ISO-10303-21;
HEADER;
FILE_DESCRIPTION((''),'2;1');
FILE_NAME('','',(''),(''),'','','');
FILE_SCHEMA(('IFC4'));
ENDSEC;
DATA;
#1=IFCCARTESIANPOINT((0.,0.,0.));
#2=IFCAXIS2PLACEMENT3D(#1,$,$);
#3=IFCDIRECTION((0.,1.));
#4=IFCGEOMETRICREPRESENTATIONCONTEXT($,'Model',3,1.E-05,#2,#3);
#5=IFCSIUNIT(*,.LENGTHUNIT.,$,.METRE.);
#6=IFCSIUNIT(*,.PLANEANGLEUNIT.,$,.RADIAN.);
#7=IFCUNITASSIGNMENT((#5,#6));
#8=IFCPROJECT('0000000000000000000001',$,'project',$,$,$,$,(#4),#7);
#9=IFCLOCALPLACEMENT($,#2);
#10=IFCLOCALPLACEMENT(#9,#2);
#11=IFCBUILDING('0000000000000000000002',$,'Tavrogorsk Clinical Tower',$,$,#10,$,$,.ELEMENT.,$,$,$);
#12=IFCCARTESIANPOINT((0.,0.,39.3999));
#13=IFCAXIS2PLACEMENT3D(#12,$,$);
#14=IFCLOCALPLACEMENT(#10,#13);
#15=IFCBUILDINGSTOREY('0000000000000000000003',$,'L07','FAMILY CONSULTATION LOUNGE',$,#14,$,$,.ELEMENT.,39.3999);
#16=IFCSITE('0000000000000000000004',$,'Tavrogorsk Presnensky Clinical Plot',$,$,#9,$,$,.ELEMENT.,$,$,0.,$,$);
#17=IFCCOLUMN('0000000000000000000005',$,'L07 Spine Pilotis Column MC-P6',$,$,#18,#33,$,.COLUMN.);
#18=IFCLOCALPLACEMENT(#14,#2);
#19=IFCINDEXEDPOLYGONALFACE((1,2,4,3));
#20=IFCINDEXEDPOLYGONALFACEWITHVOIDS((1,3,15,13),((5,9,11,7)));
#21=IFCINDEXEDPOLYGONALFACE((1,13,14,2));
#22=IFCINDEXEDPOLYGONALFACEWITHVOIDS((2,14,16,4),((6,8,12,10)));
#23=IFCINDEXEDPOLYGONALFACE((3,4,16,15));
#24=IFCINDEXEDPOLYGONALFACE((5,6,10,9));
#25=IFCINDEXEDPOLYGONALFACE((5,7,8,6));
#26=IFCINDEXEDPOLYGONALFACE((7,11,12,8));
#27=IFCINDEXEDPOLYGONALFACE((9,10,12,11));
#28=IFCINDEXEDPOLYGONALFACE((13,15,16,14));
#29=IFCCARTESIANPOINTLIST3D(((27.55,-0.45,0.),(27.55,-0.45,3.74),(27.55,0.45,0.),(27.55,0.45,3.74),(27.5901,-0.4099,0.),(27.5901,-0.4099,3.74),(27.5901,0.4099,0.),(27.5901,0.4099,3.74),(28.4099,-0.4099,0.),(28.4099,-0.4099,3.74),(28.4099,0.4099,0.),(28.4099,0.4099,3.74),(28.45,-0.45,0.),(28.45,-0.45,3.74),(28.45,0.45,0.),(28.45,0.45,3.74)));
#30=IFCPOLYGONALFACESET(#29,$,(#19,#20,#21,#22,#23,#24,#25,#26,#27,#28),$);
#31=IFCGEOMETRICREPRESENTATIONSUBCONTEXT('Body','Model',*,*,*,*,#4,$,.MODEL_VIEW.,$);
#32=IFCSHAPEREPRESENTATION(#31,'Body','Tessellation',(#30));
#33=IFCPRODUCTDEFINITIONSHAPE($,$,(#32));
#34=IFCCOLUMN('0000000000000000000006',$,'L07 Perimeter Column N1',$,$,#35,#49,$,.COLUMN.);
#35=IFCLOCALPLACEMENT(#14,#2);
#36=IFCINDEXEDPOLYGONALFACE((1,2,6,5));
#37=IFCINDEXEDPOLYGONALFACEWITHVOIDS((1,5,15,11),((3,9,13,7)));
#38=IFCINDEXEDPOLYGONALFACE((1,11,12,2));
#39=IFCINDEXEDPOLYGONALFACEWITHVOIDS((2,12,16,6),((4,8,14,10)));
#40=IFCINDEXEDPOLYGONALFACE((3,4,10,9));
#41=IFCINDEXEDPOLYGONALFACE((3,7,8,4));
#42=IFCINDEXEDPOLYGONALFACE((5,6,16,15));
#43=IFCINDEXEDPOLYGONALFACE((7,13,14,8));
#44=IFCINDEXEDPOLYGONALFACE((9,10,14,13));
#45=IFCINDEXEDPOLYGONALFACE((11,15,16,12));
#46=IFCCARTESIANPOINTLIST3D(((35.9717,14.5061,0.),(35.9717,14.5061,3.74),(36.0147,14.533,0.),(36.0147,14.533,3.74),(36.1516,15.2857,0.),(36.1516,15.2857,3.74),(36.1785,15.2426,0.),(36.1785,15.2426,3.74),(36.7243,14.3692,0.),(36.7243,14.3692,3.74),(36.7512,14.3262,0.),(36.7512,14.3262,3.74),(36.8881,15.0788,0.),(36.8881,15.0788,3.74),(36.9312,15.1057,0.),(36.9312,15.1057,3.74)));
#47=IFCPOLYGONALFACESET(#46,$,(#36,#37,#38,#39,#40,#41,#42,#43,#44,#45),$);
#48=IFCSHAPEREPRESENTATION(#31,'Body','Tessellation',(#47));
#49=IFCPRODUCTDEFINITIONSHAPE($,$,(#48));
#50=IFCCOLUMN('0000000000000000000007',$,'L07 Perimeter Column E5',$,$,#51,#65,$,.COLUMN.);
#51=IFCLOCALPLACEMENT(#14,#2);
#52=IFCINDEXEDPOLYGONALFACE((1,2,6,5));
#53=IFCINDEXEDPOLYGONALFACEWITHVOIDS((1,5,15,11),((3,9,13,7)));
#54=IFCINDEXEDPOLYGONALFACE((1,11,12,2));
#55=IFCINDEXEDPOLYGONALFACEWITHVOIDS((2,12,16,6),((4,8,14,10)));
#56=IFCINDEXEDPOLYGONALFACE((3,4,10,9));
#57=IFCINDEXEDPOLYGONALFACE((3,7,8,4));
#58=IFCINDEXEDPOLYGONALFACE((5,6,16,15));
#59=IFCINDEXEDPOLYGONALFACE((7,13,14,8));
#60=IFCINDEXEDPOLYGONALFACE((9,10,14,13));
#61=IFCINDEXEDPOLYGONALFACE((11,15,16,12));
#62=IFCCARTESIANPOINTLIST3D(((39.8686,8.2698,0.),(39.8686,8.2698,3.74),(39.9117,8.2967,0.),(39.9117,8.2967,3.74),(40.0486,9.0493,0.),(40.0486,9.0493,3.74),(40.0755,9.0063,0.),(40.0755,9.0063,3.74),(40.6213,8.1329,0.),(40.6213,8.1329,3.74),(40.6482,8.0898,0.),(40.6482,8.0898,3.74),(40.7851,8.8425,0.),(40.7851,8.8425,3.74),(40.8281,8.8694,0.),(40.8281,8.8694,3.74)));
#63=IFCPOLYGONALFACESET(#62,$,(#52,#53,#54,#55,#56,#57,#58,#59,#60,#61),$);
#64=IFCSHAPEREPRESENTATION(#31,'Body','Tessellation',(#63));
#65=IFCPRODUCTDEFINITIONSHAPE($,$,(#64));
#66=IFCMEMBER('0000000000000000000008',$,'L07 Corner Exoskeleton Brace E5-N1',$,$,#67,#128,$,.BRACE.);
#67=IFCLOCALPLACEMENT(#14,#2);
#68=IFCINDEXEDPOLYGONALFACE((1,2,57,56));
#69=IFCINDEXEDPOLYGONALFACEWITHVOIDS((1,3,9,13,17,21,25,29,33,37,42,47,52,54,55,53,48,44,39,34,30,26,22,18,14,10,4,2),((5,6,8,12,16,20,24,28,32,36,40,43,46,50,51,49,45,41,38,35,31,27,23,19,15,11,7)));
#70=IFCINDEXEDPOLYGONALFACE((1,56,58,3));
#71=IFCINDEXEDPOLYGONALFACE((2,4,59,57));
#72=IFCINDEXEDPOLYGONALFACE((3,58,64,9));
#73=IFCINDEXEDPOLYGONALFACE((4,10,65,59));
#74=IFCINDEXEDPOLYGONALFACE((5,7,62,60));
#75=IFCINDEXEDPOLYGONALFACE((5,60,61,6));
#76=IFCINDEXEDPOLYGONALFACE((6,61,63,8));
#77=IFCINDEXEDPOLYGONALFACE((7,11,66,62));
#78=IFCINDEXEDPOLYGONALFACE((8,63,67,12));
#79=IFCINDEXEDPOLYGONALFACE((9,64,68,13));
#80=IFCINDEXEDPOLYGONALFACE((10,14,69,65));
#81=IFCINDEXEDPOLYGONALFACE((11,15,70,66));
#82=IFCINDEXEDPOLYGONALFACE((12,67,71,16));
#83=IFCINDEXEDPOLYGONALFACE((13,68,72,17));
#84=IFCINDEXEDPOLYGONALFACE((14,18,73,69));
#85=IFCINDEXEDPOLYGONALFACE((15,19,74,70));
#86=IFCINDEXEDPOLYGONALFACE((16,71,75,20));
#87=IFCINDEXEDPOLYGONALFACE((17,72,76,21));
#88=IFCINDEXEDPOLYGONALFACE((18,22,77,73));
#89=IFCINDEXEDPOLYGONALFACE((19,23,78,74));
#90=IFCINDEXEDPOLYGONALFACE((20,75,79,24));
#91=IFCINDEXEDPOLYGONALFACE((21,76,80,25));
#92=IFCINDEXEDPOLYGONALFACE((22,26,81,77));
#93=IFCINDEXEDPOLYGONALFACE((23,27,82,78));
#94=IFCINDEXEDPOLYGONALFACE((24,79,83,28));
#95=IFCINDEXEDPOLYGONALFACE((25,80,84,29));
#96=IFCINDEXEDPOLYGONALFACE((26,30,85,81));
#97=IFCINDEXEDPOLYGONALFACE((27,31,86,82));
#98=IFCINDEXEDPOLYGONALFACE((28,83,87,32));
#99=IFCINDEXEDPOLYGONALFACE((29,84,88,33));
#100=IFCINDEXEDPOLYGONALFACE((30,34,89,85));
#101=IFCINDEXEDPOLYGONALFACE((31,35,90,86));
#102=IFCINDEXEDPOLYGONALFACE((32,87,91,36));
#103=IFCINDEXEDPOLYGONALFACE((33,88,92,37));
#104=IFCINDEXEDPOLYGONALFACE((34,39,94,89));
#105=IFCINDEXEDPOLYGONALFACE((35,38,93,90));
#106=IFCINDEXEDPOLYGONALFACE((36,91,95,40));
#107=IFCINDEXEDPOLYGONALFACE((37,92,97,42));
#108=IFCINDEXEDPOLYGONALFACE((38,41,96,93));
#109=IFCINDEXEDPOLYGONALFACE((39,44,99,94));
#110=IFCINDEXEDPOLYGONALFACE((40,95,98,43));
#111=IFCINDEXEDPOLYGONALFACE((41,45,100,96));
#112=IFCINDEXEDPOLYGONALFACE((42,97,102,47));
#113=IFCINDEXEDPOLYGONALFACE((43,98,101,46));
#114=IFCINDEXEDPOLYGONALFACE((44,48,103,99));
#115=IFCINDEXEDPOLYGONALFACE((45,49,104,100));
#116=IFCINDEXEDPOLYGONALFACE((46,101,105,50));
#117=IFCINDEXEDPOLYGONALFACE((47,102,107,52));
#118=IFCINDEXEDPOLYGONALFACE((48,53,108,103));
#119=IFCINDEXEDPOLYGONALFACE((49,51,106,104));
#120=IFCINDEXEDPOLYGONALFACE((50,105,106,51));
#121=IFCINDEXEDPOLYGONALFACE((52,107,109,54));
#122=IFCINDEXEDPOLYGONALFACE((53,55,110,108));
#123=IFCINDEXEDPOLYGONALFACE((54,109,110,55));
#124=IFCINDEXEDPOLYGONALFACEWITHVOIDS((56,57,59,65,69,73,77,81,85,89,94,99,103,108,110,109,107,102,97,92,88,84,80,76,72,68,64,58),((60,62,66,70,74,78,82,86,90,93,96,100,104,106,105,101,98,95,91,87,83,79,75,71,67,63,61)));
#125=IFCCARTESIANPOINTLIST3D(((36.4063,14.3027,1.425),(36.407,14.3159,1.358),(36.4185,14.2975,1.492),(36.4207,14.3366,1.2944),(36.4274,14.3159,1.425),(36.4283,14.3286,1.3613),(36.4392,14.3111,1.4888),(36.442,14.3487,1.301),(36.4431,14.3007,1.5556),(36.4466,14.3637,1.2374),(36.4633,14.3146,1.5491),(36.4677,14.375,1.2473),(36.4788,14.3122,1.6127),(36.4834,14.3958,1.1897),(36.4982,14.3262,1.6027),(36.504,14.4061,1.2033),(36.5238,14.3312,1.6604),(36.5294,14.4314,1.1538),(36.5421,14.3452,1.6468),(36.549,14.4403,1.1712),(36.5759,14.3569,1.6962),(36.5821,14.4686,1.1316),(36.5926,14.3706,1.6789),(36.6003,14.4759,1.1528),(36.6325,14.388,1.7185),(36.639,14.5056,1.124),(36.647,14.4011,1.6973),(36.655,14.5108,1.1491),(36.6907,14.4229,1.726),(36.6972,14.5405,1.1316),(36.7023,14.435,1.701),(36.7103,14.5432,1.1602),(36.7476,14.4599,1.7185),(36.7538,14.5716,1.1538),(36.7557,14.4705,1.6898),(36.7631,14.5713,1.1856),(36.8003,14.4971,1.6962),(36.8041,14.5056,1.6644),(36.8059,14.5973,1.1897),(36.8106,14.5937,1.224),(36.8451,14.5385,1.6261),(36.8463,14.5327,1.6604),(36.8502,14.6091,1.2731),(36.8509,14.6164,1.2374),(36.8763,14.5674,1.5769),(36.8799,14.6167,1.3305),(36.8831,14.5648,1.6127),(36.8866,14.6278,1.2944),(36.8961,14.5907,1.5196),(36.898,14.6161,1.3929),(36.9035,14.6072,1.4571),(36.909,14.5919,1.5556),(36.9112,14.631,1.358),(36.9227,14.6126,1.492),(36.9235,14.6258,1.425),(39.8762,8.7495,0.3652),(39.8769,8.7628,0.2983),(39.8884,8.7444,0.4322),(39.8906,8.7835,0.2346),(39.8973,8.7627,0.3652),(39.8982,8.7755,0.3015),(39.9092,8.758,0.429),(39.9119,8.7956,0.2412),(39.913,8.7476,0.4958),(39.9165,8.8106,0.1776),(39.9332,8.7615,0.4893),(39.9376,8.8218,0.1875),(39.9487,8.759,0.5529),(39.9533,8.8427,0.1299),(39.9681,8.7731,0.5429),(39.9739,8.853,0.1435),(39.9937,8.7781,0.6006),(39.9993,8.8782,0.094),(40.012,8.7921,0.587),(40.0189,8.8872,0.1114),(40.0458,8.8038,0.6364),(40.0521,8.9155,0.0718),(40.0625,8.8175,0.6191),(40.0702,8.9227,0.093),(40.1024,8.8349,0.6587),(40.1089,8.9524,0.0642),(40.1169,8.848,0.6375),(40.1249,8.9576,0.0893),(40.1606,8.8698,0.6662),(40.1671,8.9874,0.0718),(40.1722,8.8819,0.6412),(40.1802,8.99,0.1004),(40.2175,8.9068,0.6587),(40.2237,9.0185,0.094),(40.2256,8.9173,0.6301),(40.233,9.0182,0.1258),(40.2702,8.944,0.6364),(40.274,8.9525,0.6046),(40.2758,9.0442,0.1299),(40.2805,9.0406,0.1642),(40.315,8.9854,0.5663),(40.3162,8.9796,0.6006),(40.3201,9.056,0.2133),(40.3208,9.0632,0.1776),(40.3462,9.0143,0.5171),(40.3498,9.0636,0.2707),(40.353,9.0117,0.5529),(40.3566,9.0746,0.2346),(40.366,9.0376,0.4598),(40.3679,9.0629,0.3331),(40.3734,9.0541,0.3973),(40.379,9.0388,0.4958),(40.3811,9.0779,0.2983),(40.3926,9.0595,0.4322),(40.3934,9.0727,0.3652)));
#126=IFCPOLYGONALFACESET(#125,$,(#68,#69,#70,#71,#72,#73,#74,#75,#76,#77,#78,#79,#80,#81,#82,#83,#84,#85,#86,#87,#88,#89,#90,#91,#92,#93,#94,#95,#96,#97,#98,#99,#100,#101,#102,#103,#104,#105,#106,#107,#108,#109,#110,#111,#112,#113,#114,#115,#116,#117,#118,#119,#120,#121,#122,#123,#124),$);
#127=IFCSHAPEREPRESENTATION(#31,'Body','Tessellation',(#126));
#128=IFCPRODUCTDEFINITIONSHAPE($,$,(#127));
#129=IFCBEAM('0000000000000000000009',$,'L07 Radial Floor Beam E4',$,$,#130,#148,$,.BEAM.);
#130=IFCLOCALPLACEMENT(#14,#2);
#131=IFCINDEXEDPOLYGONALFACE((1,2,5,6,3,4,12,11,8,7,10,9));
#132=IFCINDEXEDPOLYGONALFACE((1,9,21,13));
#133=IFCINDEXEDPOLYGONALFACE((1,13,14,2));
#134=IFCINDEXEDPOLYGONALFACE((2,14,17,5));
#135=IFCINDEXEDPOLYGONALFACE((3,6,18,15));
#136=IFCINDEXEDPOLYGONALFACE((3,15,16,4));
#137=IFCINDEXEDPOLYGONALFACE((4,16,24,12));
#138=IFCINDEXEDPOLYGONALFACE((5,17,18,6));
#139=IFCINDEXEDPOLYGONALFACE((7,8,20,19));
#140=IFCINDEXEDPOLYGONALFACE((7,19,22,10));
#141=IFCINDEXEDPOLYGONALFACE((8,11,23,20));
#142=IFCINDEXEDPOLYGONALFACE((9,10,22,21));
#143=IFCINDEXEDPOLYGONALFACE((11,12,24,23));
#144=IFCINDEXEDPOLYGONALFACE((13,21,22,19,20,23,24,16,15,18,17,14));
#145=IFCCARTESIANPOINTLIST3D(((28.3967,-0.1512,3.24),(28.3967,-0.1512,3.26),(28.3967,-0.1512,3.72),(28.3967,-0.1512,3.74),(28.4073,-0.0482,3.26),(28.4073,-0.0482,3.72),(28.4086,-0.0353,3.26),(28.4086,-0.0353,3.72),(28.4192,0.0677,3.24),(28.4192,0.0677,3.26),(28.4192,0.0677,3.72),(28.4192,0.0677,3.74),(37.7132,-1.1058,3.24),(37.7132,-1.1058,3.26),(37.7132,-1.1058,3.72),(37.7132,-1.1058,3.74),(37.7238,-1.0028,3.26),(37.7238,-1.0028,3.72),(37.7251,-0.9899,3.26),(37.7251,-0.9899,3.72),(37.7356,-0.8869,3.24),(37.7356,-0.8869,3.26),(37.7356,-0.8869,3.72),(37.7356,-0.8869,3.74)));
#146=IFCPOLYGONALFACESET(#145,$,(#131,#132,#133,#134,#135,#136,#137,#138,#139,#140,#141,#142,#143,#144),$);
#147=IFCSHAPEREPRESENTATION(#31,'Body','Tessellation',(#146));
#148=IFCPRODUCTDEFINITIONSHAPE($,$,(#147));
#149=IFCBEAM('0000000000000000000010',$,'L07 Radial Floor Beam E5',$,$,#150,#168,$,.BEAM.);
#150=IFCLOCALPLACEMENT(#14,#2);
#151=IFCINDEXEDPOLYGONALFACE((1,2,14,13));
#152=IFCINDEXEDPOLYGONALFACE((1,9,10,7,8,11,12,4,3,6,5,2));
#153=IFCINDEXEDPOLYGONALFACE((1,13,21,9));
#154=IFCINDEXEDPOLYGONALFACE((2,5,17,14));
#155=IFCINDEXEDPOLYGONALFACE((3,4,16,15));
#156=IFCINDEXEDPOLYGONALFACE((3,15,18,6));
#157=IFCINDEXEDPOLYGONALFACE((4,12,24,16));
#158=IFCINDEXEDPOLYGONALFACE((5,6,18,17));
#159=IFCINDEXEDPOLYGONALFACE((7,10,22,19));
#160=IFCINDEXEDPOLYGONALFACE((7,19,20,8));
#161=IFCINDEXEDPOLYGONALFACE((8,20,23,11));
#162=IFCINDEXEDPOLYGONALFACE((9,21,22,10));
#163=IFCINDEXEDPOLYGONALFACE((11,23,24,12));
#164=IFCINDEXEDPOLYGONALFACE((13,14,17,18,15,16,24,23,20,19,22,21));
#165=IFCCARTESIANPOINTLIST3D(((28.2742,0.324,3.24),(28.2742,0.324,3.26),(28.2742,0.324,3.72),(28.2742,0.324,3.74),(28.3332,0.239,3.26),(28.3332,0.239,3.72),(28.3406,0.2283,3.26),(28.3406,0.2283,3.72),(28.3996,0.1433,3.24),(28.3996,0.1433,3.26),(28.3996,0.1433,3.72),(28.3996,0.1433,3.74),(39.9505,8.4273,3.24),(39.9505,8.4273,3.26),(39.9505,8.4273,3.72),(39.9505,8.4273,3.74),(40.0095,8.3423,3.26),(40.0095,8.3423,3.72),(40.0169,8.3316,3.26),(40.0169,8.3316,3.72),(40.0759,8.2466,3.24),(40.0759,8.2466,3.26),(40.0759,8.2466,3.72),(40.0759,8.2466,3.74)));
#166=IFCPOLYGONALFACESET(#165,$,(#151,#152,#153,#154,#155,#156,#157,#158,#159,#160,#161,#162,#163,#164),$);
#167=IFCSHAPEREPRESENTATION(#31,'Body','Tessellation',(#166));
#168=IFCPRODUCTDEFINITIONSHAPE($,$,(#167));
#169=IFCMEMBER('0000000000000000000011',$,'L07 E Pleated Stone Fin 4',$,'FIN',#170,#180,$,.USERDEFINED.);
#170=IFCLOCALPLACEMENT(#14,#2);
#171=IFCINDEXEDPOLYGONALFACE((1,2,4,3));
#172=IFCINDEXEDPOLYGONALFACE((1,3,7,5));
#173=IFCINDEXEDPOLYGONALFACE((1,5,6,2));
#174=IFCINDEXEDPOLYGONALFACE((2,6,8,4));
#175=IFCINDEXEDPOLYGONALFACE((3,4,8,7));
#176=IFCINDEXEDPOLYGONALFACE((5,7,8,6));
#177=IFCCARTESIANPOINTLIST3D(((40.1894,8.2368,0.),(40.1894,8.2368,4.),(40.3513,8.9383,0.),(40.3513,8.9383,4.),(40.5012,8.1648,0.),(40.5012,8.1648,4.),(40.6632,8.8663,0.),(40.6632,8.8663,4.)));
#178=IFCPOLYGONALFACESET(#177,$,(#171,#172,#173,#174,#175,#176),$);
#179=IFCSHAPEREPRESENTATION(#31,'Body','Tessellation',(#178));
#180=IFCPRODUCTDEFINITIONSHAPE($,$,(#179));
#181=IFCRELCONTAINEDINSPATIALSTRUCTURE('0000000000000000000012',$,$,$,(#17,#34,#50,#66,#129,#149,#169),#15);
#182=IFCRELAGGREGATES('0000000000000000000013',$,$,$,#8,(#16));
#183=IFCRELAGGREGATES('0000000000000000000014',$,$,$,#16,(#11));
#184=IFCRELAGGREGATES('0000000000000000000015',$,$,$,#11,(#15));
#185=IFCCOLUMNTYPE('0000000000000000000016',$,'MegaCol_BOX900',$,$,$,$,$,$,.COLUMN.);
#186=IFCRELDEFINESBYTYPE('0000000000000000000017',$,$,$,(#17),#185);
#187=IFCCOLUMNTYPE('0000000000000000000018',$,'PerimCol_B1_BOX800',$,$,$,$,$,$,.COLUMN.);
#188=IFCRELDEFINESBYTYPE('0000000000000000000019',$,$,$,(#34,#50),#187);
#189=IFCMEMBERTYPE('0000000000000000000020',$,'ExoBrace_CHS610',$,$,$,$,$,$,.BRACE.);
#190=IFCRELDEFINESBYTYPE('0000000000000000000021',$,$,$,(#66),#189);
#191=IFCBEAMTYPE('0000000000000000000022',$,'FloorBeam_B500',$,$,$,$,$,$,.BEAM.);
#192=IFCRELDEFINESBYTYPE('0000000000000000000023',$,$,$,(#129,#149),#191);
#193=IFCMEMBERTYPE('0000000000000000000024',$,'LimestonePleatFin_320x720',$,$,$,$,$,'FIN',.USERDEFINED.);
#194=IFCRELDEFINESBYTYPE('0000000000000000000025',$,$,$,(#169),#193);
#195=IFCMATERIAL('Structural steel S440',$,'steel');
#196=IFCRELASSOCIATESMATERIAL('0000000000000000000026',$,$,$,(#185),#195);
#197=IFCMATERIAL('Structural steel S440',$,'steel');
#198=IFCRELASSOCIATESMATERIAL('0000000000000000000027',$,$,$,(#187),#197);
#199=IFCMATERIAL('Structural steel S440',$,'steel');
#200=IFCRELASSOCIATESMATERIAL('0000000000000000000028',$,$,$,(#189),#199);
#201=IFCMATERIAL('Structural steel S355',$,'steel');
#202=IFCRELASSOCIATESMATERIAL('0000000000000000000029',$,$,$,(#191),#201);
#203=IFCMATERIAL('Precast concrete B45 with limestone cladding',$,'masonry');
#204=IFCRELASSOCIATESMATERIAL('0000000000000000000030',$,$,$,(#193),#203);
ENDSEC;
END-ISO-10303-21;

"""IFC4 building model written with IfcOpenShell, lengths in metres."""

from ifc_helpers import new_model, si_unit, direction, frame, origin, origin_2d, place, context, subcontext, project, spatial, rectangle, hollow_rectangle, hollow_circle, i_section, extrude, material, material_profile, profile_set, type_object, element, save


model = new_model("IFC4")

# Units and contexts
model_context = context("Model", 3, precision=1e-05, world=origin(), true_north=direction((0.0, 1.0)))
body_context = subcontext(model_context, "Body", "Model", "MODEL_VIEW")
ifc_project = project(units=[si_unit("LENGTHUNIT", "METRE"), si_unit("PLANEANGLEUNIT", "RADIAN")], contexts=[model_context])

# Site, building, storey
site_placement = place(None, origin())
site = spatial("IfcSite", under=ifc_project, at=site_placement, Name="Tavrogorsk Presnensky Clinical Plot", CompositionType="ELEMENT", RefElevation=0.0)
building_placement = place(site_placement, origin())
building = spatial("IfcBuilding", under=site, at=building_placement, Name="Tavrogorsk Clinical Tower", CompositionType="ELEMENT")
storey_placement = place(building_placement, frame((0.0, 0.0, 39.3999)))
storey = spatial("IfcBuildingStorey", under=building, at=storey_placement, Name="L07", Description="FAMILY CONSULTATION LOUNGE", CompositionType="ELEMENT", Elevation=39.3999)

# Columns
ifc_material_1 = material(Name="Structural steel S440", Category="steel")
ifc_material_profile_1 = material_profile(ifc_material_1, hollow_rectangle(XDim=0.8999, YDim=0.8999, WallThickness=0.04, at=origin_2d()), Name="BOX-900x900x40")
ifc_profile_set_1 = profile_set([ifc_material_profile_1], Name="Structural steel S440")
column_type_1 = type_object("IfcColumnType", Name="MegaCol_BOX900", PredefinedType="COLUMN", material=ifc_profile_set_1)
column_placement = place(storey_placement, frame((28.0, 0.0, 0.0), z_axis=(0.0, 0.0, 1.0), x_axis=(1.0, 0.0, 0.0)))
element("IfcColumn", 1, at=column_placement, inside=storey, type_object=column_type_1, Name="L07 Spine Pilotis Column MC-P6", PredefinedType="COLUMN", context=body_context, shape_type="SweptSolid", body=[
    extrude(hollow_rectangle(XDim=0.8999, YDim=0.8999, WallThickness=0.04, at=origin_2d()), origin(), (0.0, 0.0, 1.0), 3.74),
])
ifc_material_2 = material(Name="Structural steel S440", Category="steel")
ifc_material_profile_2 = material_profile(ifc_material_2, hollow_rectangle(XDim=0.8, YDim=0.8, WallThickness=0.0359, at=origin_2d()), Name="BOX-800x800x36")
ifc_profile_set_2 = profile_set([ifc_material_profile_2], Name="Structural steel S440")
column_type_2 = type_object("IfcColumnType", Name="PerimCol_B1_BOX800", PredefinedType="COLUMN", material=ifc_profile_set_2)
for number, where, z_axis, x_axis, name in (
    (2, (36.4514, 14.8059, 0.0), (0.0, 0.0, 1.0), (0.97437, -0.224951, 0.0), "L07 Perimeter Column N1"),
    (3, (40.3484, 8.5696, 0.0), (0.0, 0.0, 1.0), (0.97437, -0.224951, 0.0), "L07 Perimeter Column E5"),
):
    element("IfcColumn", number, at=place(storey_placement, frame(where, z_axis=z_axis, x_axis=x_axis)), inside=storey, type_object=column_type_2, Name=name, PredefinedType="COLUMN", context=body_context, shape_type="SweptSolid", body=[
        extrude(hollow_rectangle(XDim=0.8, YDim=0.8, WallThickness=0.0359, at=origin_2d()), origin(), (0.0, 0.0, 1.0), 3.74),
    ])

# Member
ifc_material_3 = material(Name="Structural steel S440", Category="steel")
ifc_material_profile_3 = material_profile(ifc_material_3, hollow_circle(Radius=0.3049, WallThickness=0.0249, at=origin_2d()), Name="CHS-610x25")
ifc_profile_set_3 = profile_set([ifc_material_profile_3], Name="Structural steel S440")
member_type_1 = type_object("IfcMemberType", Name="ExoBrace_CHS610", PredefinedType="BRACE", material=ifc_profile_set_3)
member_1_placement = place(storey_placement, frame((40.1348, 8.9111, 0.3652), z_axis=(-0.523105, 0.837159, 0.159769), x_axis=(-0.848053, -0.529912, 0.0)))
element("IfcMember", 4, at=member_1_placement, inside=storey, type_object=member_type_1, Name="L07 Corner Exoskeleton Brace E5-N1", PredefinedType="BRACE", context=body_context, shape_type="SweptSolid", body=[
    extrude(hollow_circle(Radius=0.3049, WallThickness=0.0249, at=origin_2d()), origin(), (0.0, 0.0, 1.0), 6.6333),
])

# Beams
ifc_material_4 = material(Name="Structural steel S355", Category="steel")
ifc_material_profile_4 = material_profile(ifc_material_4, i_section(OverallWidth=0.22, OverallDepth=0.5, WebThickness=0.0129, FlangeThickness=0.02, at=origin_2d()), Name="B-500x220x13x20")
ifc_profile_set_4 = profile_set([ifc_material_profile_4], Name="Structural steel S355")
beam_type_1 = type_object("IfcBeamType", Name="FloorBeam_B500", PredefinedType="BEAM", material=ifc_profile_set_4)
beam_1_placement = place(storey_placement, frame((28.408, -0.0417, 3.49), z_axis=(0.994792, -0.10193, 0.0), x_axis=(0.10193, 0.994792, 0.0)))
element("IfcBeam", 5, at=beam_1_placement, inside=storey, type_object=beam_type_1, Name="L07 Radial Floor Beam E4", PredefinedType="BEAM", context=body_context, shape_type="SweptSolid", body=[
    extrude(i_section(OverallWidth=0.22, OverallDepth=0.5, WebThickness=0.0129, FlangeThickness=0.02, at=origin_2d()), origin(), (0.0, 0.0, 1.0), 9.3652),
])
beam_2_placement = place(storey_placement, frame((28.3369, 0.2336, 3.49), z_axis=(0.821543, 0.570147, 0.0), x_axis=(-0.570147, 0.821543, 0.0)))
element("IfcBeam", 6, at=beam_2_placement, inside=storey, type_object=beam_type_1, Name="L07 Radial Floor Beam E5", PredefinedType="BEAM", context=body_context, shape_type="SweptSolid", body=[
    extrude(i_section(OverallWidth=0.22, OverallDepth=0.5, WebThickness=0.0129, FlangeThickness=0.02, at=origin_2d()), origin(), (0.0, 0.0, 1.0), 14.2126),
])

# Member
ifc_material_5 = material(Name="Precast concrete B45 with limestone cladding", Category="masonry")
ifc_material_profile_5 = material_profile(ifc_material_5, rectangle(XDim=0.3201, YDim=0.72, at=origin_2d()), Name="LIMESTONE-FIN-320x720")
ifc_profile_set_5 = profile_set([ifc_material_profile_5], Name="Precast concrete B45 with limestone cladding")
member_type_2 = type_object("IfcMemberType", Name="LimestonePleatFin_320x720", ElementType="FIN", PredefinedType="USERDEFINED", material=ifc_profile_set_5)
member_2_placement = place(storey_placement, frame((40.4263, 8.5515, 0.0), z_axis=(0.0, 0.0, 1.0), x_axis=(0.97437, -0.224951, 0.0)))
element("IfcMember", 7, at=member_2_placement, inside=storey, type_object=member_type_2, Name="L07 E Pleated Stone Fin 4", ObjectType="FIN", PredefinedType="USERDEFINED", context=body_context, shape_type="SweptSolid", body=[
    extrude(rectangle(XDim=0.3201, YDim=0.72, at=origin_2d()), origin(), (0.0, 0.0, 1.0), 4.0),
])

save(model, "model.ifc")
